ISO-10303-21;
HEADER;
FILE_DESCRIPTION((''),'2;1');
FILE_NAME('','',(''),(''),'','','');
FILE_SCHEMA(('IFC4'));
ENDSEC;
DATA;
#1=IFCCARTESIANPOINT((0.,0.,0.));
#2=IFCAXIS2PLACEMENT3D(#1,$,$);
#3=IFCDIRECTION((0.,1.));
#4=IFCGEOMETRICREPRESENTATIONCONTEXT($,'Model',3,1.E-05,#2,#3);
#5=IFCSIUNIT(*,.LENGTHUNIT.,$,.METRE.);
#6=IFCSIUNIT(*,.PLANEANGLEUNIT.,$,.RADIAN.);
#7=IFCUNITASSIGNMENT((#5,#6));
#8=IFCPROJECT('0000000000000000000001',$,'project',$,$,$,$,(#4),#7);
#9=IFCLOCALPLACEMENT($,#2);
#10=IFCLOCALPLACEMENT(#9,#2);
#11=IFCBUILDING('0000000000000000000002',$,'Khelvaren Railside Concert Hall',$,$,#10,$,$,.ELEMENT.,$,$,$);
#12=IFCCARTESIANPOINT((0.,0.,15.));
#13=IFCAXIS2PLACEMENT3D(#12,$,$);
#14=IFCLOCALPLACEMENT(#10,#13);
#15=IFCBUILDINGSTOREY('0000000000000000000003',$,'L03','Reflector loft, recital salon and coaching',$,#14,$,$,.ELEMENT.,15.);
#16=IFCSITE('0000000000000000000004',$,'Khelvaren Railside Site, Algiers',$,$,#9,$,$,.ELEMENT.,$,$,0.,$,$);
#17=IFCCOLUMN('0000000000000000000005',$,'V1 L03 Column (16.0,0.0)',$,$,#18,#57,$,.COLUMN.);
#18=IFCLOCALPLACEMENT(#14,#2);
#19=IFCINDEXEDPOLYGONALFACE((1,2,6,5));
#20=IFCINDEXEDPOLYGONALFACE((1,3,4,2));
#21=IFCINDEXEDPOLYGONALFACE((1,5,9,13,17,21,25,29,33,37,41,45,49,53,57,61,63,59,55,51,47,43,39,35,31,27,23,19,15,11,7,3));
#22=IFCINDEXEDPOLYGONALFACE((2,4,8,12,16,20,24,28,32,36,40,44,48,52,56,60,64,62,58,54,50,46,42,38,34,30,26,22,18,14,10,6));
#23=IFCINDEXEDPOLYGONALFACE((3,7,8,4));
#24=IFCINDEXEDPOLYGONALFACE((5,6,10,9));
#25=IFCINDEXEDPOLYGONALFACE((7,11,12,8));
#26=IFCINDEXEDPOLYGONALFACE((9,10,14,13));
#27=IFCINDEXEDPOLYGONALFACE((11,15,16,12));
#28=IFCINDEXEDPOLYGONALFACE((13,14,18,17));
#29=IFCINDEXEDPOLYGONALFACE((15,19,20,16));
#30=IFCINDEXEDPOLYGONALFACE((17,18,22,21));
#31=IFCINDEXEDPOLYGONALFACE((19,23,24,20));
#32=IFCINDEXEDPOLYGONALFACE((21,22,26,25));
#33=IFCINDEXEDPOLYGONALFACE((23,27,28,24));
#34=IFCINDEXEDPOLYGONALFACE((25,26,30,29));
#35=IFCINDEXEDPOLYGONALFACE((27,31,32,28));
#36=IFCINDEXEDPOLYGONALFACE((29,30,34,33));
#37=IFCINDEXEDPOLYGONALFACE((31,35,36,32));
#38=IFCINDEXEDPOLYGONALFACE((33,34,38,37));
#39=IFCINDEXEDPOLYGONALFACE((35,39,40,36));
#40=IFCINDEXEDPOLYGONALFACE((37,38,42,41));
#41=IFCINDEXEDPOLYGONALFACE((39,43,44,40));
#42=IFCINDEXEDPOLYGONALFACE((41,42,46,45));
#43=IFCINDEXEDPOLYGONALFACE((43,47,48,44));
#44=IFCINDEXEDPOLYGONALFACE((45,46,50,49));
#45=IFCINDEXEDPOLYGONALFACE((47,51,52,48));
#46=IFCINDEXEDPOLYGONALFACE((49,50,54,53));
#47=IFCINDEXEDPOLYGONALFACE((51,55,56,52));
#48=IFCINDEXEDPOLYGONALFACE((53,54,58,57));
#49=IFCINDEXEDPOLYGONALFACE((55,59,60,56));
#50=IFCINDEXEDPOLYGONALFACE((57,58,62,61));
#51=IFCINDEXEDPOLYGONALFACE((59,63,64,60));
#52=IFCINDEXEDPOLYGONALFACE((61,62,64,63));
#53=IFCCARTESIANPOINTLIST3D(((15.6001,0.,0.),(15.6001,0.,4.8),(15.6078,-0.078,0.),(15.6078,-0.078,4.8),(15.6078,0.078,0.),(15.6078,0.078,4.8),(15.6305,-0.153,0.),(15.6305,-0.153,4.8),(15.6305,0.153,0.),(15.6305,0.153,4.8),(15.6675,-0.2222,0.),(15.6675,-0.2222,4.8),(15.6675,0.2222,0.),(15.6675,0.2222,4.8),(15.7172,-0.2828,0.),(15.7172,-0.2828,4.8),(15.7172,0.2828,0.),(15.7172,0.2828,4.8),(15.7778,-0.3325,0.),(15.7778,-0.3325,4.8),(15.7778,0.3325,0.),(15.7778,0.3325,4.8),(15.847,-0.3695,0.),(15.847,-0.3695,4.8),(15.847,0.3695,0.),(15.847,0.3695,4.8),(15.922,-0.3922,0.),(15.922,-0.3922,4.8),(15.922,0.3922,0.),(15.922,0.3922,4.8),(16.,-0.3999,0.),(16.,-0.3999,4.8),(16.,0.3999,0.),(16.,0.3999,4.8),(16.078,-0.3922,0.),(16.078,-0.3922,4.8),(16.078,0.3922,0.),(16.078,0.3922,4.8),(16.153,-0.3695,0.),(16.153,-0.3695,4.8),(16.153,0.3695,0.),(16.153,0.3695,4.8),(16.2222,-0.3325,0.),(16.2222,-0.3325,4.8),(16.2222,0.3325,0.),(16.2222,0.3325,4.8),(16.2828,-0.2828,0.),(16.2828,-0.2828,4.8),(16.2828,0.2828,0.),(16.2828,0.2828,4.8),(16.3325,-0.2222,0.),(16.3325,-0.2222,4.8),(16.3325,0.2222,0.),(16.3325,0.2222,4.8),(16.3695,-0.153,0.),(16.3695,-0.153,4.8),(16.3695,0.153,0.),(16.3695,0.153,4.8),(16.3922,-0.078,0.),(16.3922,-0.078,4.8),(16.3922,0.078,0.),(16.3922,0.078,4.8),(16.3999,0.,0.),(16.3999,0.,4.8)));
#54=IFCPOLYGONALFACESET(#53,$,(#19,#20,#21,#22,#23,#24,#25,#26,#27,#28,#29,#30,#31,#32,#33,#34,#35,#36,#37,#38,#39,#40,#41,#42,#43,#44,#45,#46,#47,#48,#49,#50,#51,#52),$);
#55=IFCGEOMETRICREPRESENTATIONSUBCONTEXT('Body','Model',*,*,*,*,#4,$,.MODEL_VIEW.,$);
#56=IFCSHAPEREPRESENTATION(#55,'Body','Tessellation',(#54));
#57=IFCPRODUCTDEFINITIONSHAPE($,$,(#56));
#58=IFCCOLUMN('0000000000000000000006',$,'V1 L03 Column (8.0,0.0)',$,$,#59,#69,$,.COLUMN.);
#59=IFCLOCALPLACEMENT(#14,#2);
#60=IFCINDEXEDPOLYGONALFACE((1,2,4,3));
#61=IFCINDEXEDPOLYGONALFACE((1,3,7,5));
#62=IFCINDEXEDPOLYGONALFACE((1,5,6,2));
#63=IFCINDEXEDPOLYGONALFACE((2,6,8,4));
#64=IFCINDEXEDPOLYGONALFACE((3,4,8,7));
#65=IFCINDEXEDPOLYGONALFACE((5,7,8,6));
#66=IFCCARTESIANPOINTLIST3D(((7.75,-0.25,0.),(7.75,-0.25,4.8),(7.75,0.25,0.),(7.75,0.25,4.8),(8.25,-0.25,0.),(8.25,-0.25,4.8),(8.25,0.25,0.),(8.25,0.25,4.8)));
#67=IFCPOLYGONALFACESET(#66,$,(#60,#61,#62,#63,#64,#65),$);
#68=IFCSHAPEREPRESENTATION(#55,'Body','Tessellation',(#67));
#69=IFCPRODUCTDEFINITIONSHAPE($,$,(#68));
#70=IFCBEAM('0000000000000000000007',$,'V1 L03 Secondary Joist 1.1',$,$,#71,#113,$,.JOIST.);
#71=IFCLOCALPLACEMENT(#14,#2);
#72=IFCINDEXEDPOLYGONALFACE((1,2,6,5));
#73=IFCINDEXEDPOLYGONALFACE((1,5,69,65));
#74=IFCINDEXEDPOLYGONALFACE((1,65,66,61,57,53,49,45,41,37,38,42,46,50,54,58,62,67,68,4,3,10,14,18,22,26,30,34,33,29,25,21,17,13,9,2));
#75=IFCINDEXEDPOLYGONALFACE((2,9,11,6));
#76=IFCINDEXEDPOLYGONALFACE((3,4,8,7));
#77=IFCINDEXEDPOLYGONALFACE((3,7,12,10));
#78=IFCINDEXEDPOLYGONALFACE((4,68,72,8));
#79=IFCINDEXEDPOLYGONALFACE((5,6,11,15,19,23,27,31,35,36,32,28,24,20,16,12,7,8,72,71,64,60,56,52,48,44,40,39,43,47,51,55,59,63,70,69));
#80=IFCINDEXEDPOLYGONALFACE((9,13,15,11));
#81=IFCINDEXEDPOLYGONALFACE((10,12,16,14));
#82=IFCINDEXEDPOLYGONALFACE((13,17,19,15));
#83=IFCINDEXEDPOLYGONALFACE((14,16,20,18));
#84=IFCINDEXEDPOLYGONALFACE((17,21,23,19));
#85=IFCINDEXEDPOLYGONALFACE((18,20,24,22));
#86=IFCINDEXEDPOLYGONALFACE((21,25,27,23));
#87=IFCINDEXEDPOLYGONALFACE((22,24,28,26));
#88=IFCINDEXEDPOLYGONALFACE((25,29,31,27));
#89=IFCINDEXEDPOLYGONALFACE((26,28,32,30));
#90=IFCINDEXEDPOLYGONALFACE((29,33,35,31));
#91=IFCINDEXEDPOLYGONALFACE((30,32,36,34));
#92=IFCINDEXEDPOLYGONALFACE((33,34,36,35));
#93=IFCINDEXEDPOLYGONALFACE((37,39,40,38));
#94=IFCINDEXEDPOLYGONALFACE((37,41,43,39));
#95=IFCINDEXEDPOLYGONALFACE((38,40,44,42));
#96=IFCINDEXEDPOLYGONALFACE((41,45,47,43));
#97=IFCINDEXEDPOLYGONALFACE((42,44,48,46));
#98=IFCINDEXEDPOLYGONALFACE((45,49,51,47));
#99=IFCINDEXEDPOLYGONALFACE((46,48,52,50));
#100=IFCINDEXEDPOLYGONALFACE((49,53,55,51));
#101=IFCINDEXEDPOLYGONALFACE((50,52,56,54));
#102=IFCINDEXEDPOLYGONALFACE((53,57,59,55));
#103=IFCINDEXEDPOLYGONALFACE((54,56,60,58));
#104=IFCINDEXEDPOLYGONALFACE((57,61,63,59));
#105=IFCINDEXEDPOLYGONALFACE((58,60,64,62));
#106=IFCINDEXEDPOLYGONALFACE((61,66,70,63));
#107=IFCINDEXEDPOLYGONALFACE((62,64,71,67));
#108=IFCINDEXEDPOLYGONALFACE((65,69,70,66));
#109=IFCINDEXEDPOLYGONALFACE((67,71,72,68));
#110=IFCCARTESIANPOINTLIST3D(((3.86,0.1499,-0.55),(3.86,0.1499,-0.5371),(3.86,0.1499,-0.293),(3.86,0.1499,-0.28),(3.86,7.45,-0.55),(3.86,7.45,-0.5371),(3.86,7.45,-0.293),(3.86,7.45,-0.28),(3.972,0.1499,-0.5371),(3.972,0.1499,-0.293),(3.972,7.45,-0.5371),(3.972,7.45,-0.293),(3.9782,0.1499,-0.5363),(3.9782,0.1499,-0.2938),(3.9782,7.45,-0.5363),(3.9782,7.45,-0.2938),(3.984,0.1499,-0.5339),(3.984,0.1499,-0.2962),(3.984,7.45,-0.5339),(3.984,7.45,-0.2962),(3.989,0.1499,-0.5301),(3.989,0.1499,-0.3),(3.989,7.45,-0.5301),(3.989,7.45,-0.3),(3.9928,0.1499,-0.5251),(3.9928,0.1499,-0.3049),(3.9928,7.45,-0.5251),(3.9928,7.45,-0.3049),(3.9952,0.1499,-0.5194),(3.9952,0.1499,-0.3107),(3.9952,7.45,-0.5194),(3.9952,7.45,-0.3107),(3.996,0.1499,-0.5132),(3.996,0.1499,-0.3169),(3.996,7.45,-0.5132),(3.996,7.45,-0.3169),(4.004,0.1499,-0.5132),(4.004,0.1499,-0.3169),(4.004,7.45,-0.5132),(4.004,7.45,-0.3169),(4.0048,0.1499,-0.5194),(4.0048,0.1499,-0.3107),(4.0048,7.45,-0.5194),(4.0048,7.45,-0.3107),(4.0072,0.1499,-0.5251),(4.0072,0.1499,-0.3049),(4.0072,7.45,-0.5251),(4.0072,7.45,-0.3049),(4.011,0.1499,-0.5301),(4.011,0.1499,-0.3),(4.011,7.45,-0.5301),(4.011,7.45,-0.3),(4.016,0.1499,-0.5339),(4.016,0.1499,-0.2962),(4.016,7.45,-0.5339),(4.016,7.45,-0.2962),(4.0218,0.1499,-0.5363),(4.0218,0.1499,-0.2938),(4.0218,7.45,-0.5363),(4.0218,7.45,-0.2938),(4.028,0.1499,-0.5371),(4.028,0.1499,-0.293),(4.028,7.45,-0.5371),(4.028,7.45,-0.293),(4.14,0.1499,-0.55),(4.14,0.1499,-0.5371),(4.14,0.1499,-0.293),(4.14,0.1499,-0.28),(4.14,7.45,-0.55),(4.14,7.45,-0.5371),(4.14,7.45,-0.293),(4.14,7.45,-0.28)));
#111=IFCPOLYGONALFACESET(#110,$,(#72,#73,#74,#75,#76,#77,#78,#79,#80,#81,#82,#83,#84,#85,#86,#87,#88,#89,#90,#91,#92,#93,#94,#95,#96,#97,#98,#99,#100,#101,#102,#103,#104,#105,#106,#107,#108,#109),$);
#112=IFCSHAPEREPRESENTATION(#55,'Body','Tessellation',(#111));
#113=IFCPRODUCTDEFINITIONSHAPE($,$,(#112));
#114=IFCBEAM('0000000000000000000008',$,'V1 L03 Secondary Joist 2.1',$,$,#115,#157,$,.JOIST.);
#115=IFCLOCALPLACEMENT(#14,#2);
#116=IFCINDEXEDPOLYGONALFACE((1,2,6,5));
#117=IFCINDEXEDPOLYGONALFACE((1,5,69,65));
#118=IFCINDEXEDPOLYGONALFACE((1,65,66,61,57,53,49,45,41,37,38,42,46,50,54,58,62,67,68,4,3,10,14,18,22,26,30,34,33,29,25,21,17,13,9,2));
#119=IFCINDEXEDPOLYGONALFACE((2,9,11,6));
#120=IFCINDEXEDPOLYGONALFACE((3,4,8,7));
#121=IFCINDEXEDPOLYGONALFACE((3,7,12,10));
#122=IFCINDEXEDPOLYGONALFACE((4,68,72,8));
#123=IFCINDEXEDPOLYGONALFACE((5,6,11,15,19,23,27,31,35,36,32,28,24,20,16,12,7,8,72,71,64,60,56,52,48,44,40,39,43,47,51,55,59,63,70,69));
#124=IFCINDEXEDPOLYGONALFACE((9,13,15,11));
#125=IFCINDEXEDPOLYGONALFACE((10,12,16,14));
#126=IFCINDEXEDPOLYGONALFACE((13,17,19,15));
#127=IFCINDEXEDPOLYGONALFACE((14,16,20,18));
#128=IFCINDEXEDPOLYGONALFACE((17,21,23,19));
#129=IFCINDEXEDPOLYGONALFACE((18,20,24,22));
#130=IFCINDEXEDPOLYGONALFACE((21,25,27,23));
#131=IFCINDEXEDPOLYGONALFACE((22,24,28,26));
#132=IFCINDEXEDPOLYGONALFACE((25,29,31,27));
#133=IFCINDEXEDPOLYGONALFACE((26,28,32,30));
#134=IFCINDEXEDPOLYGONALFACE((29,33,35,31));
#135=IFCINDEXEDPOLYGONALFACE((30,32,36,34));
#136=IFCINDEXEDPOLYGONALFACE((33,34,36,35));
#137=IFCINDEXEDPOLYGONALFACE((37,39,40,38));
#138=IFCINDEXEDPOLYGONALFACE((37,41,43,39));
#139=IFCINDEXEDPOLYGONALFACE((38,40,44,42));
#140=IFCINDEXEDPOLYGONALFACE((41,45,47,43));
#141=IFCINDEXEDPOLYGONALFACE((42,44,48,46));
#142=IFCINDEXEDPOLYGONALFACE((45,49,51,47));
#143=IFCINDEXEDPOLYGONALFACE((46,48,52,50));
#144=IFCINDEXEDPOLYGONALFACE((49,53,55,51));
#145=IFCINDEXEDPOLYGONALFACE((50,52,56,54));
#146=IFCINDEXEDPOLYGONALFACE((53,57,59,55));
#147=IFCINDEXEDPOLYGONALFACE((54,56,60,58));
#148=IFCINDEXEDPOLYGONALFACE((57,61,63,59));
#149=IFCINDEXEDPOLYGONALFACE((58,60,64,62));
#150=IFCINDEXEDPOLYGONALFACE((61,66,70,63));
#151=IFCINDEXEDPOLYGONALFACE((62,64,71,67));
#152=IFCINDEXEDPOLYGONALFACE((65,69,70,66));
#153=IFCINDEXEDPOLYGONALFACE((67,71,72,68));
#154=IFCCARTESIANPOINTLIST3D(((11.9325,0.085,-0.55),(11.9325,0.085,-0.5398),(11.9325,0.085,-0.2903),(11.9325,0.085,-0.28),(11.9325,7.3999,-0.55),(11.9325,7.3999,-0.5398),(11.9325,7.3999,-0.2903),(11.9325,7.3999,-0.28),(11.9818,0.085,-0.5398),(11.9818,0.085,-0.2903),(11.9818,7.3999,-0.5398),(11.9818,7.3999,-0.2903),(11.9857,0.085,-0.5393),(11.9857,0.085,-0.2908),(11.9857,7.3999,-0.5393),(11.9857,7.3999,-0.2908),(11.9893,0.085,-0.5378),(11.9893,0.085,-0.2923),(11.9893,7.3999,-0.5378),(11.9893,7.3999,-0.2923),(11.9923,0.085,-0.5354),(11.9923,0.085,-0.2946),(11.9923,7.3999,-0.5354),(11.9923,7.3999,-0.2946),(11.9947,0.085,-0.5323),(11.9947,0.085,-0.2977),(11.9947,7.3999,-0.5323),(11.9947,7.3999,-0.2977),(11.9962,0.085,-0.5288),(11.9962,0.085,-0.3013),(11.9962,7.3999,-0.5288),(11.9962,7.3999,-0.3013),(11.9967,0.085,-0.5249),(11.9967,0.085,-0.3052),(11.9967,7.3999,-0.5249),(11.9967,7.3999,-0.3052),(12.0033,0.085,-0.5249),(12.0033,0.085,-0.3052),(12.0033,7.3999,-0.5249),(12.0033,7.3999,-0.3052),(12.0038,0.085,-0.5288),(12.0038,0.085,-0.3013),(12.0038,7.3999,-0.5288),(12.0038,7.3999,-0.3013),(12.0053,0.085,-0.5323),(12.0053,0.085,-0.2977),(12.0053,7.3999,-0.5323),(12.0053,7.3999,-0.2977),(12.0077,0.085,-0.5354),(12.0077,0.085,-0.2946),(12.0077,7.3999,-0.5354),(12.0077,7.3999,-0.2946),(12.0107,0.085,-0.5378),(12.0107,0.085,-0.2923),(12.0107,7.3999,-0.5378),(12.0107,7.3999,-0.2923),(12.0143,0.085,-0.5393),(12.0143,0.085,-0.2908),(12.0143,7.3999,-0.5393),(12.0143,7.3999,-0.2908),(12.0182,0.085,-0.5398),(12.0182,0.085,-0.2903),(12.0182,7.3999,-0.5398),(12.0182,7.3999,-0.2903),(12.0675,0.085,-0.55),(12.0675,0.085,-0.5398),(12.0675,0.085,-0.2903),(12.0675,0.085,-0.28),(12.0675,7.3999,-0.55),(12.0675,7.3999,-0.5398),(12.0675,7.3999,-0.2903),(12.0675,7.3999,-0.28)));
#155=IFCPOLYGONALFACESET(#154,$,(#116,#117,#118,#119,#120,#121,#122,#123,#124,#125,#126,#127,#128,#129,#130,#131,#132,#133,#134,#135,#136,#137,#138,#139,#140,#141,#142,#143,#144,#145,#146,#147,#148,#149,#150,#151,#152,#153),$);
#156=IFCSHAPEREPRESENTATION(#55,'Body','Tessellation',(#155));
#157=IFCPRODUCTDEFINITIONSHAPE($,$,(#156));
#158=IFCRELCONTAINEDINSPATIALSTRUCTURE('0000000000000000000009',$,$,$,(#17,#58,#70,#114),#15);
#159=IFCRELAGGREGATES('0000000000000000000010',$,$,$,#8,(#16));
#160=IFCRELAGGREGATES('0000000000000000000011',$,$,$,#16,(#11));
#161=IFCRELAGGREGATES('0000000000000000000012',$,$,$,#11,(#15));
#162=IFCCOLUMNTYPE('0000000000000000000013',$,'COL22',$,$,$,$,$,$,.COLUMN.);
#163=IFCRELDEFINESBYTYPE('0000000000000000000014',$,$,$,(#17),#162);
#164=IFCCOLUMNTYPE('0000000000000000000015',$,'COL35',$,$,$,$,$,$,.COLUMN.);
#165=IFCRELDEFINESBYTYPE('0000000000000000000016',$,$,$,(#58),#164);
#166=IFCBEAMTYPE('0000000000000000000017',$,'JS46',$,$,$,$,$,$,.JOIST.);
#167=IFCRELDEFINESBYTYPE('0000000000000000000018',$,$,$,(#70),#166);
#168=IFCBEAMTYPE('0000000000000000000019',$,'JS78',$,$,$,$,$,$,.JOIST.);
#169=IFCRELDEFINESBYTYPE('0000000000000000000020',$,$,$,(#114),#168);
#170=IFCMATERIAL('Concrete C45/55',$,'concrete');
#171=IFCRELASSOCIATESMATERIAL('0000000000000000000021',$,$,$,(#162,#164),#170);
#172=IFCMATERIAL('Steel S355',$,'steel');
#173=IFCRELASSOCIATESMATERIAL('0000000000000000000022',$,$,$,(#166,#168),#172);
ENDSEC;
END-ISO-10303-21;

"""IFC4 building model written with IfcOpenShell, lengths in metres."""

from ifc_helpers import new_model, si_unit, direction, frame, origin, origin_2d, place, context, subcontext, project, spatial, rectangle, circle, i_section, extrude, material, material_profile, profile_set, type_object, element, save


model = new_model("IFC4")

# Units and contexts
model_context = context("Model", 3, precision=1e-05, world=origin(), true_north=direction((0.0, 1.0)))
body_context = subcontext(model_context, "Body", "Model", "MODEL_VIEW")
ifc_project = project(units=[si_unit("LENGTHUNIT", "METRE"), si_unit("PLANEANGLEUNIT", "RADIAN")], contexts=[model_context])

# Site, building, storey
site_placement = place(None, origin())
site = spatial("IfcSite", under=ifc_project, at=site_placement, Name="Khelvaren Railside Site, Algiers", CompositionType="ELEMENT", RefElevation=0.0)
building_placement = place(site_placement, origin())
building = spatial("IfcBuilding", under=site, at=building_placement, Name="Khelvaren Railside Concert Hall", CompositionType="ELEMENT")
storey_placement = place(building_placement, frame((0.0, 0.0, 15.0)))
storey = spatial("IfcBuildingStorey", under=building, at=storey_placement, Name="L03", Description="Reflector loft, recital salon and coaching", CompositionType="ELEMENT", Elevation=15.0)

# Columns
ifc_material_1 = material(Name="Concrete C45/55", Category="concrete")
ifc_material_profile_1 = material_profile(ifc_material_1, circle(Radius=0.3999, at=origin_2d()), Name="RC D800")
ifc_profile_set_1 = profile_set([ifc_material_profile_1], Name="Concrete C45/55")
column_type_1 = type_object("IfcColumnType", Name="COL22", PredefinedType="COLUMN", material=ifc_profile_set_1)
column_1_placement = place(storey_placement, frame((16.0, 0.0, 0.0), z_axis=(0.0, 0.0, 1.0), x_axis=(1.0, 0.0, 0.0)))
element("IfcColumn", 1, at=column_1_placement, inside=storey, type_object=column_type_1, Name="V1 L03 Column (16.0,0.0)", PredefinedType="COLUMN", context=body_context, shape_type="SweptSolid", body=[
    extrude(circle(Radius=0.3999, at=origin_2d()), origin(), (0.0, 0.0, 1.0), 4.8),
])
ifc_material_profile_2 = material_profile(ifc_material_1, rectangle(XDim=0.5, YDim=0.5, at=origin_2d()), Name="RC 500x500")
ifc_profile_set_2 = profile_set([ifc_material_profile_2], Name="Concrete C45/55")
column_type_2 = type_object("IfcColumnType", Name="COL35", PredefinedType="COLUMN", material=ifc_profile_set_2)
column_2_placement = place(storey_placement, frame((8.0, 0.0, 0.0), z_axis=(0.0, 0.0, 1.0), x_axis=(1.0, 0.0, 0.0)))
element("IfcColumn", 2, at=column_2_placement, inside=storey, type_object=column_type_2, Name="V1 L03 Column (8.0,0.0)", PredefinedType="COLUMN", context=body_context, shape_type="SweptSolid", body=[
    extrude(rectangle(XDim=0.5, YDim=0.5, at=origin_2d()), origin(), (0.0, 0.0, 1.0), 4.8),
])

# Beams
ifc_material_2 = material(Name="Steel S355", Category="steel")
ifc_material_profile_3 = material_profile(ifc_material_2, i_section(OverallWidth=0.28, OverallDepth=0.27, WebThickness=0.0081, FlangeThickness=0.0129, FilletRadius=0.0239, at=origin_2d()), Name="HEA 280")
ifc_profile_set_3 = profile_set([ifc_material_profile_3], Name="Steel S355")
beam_type_1 = type_object("IfcBeamType", Name="JS46", PredefinedType="JOIST", material=ifc_profile_set_3)
beam_1_placement = place(storey_placement, frame((4.0, 0.1499, -0.415), z_axis=(0.0, 1.0, 0.0), x_axis=(-1.0, 0.0, 0.0)))
element("IfcBeam", 3, at=beam_1_placement, inside=storey, type_object=beam_type_1, Name="V1 L03 Secondary Joist 1.1", PredefinedType="JOIST", context=body_context, shape_type="SweptSolid", body=[
    extrude(i_section(OverallWidth=0.28, OverallDepth=0.27, WebThickness=0.0081, FlangeThickness=0.0129, FilletRadius=0.0239, at=origin_2d()), origin(), (0.0, 0.0, 1.0), 7.3),
])
ifc_material_profile_4 = material_profile(ifc_material_2, i_section(OverallWidth=0.135, OverallDepth=0.27, WebThickness=0.0066, FlangeThickness=0.0103, FilletRadius=0.0149, at=origin_2d()), Name="IPE 270")
ifc_profile_set_4 = profile_set([ifc_material_profile_4], Name="Steel S355")
beam_type_2 = type_object("IfcBeamType", Name="JS78", PredefinedType="JOIST", material=ifc_profile_set_4)
beam_2_placement = place(storey_placement, frame((12.0, 0.085, -0.415), z_axis=(0.0, 1.0, 0.0), x_axis=(-1.0, 0.0, 0.0)))
element("IfcBeam", 4, at=beam_2_placement, inside=storey, type_object=beam_type_2, Name="V1 L03 Secondary Joist 2.1", PredefinedType="JOIST", context=body_context, shape_type="SweptSolid", body=[
    extrude(i_section(OverallWidth=0.135, OverallDepth=0.27, WebThickness=0.0066, FlangeThickness=0.0103, FilletRadius=0.0149, at=origin_2d()), origin(), (0.0, 0.0, 1.0), 7.3149),
])

save(model, "model.ifc")
